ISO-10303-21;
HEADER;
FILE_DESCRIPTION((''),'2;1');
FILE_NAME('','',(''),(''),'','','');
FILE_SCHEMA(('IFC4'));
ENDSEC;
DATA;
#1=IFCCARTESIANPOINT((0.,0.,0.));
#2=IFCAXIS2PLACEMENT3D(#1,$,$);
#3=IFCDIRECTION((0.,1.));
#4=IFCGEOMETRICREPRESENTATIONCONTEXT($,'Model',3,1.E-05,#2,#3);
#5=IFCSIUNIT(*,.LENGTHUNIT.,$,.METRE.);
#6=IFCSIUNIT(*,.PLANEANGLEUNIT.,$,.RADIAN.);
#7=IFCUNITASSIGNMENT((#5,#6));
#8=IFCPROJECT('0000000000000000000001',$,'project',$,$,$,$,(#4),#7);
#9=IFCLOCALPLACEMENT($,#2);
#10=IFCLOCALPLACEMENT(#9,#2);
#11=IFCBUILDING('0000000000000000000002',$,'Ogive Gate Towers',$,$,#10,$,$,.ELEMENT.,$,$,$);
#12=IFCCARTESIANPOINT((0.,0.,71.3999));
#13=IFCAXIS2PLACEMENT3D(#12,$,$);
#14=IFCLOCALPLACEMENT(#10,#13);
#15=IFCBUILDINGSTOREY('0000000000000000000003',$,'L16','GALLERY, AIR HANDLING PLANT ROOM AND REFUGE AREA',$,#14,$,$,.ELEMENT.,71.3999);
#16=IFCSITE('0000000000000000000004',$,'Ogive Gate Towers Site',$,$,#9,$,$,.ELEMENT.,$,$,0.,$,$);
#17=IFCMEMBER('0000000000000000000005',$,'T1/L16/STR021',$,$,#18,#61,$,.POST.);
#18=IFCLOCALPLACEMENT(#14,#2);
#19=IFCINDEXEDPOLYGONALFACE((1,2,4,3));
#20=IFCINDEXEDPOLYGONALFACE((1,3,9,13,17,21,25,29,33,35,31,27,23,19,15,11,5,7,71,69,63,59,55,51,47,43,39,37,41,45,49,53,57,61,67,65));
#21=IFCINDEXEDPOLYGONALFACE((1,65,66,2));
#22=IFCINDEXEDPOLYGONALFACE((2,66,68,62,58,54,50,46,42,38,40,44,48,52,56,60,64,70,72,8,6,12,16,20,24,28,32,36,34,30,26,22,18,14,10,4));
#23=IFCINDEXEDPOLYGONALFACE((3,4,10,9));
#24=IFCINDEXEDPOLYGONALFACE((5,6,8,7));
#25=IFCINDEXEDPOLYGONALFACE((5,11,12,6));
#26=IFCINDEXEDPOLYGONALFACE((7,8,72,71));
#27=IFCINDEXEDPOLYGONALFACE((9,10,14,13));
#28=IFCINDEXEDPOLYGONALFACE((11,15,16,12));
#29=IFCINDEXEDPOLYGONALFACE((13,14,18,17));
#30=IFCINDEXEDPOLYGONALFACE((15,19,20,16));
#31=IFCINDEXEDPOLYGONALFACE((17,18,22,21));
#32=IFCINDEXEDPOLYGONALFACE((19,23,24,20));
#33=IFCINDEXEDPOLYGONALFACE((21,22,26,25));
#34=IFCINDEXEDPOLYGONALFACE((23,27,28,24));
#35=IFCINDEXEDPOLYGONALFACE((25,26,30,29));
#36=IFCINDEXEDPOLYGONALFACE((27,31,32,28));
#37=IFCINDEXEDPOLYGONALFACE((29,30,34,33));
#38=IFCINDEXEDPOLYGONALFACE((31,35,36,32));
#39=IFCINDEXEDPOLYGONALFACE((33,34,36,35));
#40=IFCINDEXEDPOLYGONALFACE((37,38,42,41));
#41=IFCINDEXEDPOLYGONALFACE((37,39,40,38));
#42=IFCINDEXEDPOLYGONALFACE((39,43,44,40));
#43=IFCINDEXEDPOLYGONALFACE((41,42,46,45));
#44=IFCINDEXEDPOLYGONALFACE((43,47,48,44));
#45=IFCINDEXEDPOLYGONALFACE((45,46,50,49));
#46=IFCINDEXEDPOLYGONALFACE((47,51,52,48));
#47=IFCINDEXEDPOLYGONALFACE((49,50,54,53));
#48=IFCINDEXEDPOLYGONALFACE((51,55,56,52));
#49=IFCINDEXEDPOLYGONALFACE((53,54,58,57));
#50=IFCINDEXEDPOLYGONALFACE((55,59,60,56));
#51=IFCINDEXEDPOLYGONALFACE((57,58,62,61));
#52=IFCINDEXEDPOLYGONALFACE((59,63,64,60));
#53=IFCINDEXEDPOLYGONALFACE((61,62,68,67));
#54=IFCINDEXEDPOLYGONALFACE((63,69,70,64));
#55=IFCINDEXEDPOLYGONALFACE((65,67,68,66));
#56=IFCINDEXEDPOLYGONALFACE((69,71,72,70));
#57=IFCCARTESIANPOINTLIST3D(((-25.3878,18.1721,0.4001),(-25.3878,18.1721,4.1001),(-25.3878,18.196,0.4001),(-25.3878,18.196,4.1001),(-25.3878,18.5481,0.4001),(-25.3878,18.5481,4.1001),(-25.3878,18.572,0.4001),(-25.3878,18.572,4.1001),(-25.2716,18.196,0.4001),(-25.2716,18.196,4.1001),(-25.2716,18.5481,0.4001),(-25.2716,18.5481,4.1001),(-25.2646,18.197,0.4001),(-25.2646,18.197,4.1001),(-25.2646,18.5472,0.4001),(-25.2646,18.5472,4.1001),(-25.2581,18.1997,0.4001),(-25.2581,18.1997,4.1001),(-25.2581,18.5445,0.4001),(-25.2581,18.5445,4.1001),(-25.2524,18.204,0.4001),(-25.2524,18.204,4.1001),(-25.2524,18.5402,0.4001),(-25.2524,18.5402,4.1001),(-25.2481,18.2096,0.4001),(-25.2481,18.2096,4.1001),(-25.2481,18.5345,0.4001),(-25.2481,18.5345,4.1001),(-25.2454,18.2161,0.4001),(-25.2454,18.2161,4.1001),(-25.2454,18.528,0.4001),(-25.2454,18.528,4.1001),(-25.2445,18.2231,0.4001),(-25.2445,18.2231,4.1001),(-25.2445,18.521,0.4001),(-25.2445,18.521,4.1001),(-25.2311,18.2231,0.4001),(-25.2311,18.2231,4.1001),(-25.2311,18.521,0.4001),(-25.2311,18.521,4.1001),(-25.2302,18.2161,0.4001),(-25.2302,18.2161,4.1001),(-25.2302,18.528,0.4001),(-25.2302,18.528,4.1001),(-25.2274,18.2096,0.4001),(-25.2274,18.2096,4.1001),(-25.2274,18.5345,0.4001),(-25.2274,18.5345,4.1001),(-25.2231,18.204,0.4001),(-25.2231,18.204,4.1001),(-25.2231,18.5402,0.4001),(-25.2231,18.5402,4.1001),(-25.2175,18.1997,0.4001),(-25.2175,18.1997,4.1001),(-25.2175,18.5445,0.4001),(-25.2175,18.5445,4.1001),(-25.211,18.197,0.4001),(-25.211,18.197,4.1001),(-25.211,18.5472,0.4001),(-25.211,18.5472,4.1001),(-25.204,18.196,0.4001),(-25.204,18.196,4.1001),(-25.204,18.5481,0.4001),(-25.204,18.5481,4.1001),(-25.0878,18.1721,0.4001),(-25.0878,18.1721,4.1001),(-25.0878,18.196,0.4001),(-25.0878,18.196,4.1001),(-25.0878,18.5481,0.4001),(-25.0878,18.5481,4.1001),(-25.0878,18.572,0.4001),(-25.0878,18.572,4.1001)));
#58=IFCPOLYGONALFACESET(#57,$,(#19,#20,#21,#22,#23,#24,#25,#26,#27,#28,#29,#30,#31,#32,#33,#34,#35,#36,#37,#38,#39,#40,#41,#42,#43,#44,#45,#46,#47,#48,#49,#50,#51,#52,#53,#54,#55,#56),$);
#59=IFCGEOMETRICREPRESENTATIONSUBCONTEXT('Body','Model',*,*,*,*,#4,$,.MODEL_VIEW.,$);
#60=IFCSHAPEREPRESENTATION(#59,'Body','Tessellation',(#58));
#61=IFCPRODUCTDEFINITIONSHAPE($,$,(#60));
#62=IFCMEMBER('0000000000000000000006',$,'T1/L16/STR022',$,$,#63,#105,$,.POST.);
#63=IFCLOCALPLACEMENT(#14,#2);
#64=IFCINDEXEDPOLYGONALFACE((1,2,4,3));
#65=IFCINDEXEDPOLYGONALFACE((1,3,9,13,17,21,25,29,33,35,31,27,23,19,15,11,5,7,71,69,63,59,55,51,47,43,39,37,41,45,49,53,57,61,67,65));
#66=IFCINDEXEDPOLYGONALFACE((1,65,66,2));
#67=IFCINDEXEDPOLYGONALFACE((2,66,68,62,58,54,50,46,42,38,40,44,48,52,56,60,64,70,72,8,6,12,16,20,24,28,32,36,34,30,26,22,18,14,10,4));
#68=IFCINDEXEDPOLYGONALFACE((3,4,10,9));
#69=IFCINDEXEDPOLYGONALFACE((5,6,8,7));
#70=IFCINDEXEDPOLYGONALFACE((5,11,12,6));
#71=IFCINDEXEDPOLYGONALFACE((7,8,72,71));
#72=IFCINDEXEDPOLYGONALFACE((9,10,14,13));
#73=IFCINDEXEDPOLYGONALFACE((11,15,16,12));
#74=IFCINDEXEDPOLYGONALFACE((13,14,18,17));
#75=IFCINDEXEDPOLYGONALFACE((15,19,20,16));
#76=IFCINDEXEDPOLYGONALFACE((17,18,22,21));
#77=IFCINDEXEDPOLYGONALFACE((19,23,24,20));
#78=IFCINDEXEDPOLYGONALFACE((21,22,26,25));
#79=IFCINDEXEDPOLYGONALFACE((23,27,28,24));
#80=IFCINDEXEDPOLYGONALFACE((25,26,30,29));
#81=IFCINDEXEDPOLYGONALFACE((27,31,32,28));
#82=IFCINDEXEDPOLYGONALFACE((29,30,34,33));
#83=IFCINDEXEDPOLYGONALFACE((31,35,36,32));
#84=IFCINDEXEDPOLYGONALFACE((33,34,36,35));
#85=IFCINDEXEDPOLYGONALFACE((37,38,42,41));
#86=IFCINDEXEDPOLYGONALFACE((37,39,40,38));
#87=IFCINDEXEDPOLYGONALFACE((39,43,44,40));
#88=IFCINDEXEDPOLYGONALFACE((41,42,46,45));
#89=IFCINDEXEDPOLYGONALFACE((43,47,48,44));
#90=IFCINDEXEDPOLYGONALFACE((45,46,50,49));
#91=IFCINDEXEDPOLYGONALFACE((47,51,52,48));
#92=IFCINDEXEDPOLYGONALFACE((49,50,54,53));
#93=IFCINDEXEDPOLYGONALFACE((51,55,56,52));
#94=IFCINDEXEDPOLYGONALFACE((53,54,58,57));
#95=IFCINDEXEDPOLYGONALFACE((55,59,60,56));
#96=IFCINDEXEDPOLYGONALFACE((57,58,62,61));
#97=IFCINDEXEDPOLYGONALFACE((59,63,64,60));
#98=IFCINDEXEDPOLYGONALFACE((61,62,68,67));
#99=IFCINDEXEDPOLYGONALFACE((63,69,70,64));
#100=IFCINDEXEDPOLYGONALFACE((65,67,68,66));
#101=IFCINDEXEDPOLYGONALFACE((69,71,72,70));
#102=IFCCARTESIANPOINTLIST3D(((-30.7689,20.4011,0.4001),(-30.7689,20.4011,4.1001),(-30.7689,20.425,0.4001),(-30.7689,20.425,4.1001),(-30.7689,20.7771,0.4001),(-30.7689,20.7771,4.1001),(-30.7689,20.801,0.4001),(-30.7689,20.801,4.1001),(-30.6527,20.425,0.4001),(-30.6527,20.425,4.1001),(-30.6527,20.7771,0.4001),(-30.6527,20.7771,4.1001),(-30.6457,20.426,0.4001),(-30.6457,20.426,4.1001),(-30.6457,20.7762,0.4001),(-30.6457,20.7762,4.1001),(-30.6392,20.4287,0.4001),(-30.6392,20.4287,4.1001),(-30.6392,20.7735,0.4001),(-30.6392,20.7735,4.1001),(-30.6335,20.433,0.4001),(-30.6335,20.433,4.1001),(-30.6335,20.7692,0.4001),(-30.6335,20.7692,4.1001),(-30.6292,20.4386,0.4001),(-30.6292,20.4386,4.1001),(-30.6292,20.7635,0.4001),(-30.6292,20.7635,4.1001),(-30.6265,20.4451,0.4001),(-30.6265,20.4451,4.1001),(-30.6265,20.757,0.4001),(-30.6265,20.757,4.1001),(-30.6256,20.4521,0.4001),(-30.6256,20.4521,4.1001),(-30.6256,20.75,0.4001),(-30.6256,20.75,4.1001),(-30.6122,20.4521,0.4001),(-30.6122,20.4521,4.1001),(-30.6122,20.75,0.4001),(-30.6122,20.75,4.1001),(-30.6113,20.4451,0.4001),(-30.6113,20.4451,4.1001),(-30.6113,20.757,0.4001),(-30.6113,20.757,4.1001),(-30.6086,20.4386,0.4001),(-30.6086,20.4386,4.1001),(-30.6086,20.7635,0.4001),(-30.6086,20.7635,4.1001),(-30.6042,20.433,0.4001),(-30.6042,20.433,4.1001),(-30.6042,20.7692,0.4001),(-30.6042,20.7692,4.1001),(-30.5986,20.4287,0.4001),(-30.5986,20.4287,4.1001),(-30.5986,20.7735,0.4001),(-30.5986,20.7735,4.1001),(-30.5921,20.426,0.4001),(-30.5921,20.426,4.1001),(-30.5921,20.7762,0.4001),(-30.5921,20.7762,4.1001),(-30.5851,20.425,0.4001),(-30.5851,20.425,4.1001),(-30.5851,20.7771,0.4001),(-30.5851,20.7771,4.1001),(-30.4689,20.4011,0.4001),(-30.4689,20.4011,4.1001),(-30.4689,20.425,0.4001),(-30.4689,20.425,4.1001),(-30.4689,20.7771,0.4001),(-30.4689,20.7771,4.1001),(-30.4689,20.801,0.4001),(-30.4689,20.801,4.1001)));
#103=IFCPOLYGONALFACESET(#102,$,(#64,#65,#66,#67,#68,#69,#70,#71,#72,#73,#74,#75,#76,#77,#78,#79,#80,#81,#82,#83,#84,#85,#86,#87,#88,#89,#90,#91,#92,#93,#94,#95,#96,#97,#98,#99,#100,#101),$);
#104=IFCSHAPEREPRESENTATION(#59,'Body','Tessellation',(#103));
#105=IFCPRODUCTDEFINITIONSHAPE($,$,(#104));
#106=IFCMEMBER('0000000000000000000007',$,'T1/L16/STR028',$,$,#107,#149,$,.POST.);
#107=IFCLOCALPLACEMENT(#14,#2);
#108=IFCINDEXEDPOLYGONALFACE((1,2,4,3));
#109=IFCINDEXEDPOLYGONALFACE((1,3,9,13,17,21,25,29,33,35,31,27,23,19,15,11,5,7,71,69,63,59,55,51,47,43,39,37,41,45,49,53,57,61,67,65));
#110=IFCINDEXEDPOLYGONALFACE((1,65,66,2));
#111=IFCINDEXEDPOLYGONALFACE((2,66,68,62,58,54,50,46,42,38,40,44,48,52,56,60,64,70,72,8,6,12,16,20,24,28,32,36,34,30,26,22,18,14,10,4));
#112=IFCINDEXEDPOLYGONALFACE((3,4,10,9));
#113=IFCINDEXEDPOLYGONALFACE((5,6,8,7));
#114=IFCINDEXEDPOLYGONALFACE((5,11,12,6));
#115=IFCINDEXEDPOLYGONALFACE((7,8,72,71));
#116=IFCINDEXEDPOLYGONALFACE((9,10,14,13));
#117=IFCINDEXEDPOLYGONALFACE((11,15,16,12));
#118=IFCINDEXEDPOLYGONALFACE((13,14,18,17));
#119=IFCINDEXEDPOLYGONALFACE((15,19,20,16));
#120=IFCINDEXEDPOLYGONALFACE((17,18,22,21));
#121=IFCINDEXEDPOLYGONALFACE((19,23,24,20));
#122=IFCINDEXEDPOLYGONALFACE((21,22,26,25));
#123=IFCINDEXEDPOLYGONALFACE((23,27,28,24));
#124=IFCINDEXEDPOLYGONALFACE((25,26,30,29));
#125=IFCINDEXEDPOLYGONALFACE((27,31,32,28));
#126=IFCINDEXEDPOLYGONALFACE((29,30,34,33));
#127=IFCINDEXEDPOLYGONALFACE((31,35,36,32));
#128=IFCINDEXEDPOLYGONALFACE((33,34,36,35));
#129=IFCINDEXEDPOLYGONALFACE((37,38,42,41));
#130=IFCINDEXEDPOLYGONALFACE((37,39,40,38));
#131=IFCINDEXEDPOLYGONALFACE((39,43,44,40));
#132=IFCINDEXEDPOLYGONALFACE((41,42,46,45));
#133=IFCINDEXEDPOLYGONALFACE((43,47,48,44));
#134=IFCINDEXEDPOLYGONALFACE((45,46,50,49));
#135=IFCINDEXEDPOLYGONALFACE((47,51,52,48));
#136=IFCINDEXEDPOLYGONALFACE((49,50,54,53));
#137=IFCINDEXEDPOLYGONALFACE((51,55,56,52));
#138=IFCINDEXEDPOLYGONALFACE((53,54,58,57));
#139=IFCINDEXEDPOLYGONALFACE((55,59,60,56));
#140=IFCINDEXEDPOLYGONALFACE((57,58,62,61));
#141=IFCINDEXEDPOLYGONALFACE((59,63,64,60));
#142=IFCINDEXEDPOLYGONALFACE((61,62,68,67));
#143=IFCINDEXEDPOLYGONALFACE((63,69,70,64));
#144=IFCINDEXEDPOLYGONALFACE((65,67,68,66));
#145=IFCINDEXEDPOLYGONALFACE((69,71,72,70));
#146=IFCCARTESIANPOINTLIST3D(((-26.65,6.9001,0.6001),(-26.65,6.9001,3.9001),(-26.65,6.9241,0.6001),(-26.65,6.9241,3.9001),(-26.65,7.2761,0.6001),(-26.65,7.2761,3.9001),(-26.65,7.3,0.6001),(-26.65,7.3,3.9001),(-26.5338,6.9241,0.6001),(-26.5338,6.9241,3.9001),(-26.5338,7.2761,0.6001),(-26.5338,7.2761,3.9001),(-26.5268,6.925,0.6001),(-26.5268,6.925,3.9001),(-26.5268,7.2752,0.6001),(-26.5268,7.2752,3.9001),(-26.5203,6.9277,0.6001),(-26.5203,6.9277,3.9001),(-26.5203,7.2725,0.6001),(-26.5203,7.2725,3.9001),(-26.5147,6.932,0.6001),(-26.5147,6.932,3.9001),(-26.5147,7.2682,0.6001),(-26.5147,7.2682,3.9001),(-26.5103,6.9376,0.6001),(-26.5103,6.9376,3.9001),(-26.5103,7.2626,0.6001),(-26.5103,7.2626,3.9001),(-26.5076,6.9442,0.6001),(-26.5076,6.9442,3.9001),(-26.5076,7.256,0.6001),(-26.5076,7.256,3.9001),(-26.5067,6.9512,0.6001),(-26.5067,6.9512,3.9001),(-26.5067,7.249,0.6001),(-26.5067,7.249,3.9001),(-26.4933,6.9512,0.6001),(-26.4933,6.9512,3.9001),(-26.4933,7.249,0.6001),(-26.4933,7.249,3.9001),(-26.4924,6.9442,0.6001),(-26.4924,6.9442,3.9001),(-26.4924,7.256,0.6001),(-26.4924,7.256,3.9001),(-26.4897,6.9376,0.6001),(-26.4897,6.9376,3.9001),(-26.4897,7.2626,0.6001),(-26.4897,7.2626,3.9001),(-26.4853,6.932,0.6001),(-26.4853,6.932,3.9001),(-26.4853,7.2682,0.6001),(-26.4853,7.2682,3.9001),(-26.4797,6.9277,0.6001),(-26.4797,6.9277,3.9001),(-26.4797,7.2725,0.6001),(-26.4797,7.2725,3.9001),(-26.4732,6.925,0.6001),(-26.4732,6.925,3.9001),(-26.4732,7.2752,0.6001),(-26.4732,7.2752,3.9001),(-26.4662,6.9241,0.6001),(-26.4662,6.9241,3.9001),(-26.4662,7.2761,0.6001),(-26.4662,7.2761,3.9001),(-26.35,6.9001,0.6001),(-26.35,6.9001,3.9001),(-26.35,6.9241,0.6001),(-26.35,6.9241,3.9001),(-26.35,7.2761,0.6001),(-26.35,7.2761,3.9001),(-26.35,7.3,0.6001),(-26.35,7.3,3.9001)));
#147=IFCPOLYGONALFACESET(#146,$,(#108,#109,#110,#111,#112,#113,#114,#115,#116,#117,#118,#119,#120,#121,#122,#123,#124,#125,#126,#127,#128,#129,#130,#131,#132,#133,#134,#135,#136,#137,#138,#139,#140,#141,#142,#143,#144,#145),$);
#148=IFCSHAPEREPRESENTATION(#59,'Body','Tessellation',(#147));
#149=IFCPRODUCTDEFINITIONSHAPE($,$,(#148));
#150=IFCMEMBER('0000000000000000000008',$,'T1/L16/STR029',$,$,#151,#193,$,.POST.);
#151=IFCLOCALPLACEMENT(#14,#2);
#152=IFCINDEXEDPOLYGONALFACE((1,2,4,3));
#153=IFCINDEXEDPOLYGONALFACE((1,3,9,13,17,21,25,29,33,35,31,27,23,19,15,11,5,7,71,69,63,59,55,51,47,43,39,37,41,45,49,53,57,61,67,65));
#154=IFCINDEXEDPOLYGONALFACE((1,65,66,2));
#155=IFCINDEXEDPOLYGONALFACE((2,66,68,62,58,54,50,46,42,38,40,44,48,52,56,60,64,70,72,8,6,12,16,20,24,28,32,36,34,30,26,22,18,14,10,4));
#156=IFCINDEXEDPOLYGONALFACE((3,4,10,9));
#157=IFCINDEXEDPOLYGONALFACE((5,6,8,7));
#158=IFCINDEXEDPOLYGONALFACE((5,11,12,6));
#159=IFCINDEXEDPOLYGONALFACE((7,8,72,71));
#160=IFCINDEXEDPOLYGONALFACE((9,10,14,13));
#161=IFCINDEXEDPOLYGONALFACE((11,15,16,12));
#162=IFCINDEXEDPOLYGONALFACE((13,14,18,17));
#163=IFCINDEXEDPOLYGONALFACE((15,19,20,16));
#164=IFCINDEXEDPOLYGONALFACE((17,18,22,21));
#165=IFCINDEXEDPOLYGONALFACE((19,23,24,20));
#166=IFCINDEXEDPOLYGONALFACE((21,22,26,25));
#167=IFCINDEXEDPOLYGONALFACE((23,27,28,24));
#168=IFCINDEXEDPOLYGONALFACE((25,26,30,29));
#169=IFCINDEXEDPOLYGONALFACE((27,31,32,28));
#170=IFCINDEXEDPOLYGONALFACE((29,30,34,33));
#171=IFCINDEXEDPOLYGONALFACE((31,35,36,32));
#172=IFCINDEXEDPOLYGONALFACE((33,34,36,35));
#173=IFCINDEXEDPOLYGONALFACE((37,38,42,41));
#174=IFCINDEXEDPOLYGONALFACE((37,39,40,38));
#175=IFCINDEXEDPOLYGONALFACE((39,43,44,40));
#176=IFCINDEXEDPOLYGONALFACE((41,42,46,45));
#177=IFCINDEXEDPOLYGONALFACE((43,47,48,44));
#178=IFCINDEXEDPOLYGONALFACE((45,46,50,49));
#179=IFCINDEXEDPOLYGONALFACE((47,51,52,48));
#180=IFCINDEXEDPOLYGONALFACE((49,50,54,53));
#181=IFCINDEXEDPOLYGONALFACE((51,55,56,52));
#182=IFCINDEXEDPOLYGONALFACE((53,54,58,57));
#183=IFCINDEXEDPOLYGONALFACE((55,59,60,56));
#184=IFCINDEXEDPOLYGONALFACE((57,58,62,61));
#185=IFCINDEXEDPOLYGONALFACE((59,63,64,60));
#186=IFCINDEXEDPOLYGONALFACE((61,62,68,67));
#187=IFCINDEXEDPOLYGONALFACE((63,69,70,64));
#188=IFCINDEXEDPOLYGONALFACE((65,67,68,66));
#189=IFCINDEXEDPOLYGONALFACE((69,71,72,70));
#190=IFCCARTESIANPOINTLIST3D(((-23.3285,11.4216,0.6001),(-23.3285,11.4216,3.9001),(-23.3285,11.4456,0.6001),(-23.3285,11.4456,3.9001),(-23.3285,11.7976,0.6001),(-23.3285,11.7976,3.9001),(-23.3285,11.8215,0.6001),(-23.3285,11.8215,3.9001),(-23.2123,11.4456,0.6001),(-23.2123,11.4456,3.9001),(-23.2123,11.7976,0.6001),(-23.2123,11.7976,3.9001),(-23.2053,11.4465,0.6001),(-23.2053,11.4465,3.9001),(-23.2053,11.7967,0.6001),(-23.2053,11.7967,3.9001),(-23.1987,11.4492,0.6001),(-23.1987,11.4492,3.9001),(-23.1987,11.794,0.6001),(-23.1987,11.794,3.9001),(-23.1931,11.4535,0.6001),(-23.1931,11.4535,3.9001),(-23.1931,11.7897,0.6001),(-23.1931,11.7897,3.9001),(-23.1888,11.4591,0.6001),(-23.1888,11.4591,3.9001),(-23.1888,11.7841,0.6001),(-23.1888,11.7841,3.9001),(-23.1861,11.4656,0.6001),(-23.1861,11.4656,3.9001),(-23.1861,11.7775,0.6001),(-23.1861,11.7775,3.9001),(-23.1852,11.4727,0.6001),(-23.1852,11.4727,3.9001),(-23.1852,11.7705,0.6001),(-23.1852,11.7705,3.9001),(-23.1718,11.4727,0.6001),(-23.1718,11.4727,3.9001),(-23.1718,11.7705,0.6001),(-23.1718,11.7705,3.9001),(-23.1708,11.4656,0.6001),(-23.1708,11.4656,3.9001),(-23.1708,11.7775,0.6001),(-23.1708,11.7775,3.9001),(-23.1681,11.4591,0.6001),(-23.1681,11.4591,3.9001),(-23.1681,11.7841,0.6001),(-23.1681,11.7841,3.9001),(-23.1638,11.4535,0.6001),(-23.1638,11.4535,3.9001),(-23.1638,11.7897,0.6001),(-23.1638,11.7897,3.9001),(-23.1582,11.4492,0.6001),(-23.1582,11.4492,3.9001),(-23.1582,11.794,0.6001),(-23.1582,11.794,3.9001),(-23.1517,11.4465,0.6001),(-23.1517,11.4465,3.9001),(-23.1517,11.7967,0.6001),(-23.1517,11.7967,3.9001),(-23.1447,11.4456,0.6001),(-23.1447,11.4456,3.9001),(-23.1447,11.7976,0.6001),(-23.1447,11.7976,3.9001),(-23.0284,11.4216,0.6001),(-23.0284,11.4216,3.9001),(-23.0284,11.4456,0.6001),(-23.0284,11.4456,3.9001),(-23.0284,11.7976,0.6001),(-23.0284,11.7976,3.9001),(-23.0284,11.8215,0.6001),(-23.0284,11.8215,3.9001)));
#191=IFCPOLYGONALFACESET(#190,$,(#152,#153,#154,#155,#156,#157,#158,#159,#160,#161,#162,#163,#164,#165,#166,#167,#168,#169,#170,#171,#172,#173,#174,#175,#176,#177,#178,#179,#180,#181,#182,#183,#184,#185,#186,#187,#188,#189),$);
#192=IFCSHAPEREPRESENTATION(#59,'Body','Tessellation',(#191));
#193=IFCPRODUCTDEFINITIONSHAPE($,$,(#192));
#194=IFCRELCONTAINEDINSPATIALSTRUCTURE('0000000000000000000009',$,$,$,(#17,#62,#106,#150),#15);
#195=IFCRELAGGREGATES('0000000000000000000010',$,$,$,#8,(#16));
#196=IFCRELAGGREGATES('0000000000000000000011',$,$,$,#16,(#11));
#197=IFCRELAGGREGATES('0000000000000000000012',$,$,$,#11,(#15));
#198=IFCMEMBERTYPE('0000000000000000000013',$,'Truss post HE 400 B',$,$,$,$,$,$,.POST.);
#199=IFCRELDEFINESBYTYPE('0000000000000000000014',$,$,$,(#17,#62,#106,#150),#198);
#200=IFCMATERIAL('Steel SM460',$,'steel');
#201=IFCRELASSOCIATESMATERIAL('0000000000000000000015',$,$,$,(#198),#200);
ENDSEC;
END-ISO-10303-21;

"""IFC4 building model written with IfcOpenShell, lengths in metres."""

from ifc_helpers import new_model, si_unit, direction, frame, origin, origin_2d, place, context, subcontext, project, spatial, i_section, extrude, material, material_profile, profile_set, type_object, element, save


model = new_model("IFC4")

# Units and contexts
model_context = context("Model", 3, precision=1e-05, world=origin(), true_north=direction((0.0, 1.0)))
body_context = subcontext(model_context, "Body", "Model", "MODEL_VIEW")
ifc_project = project(units=[si_unit("LENGTHUNIT", "METRE"), si_unit("PLANEANGLEUNIT", "RADIAN")], contexts=[model_context])

# Site, building, storey
site_placement = place(None, origin())
site = spatial("IfcSite", under=ifc_project, at=site_placement, Name="Ogive Gate Towers Site", CompositionType="ELEMENT", RefElevation=0.0)
building_placement = place(site_placement, origin())
building = spatial("IfcBuilding", under=site, at=building_placement, Name="Ogive Gate Towers", CompositionType="ELEMENT")
storey_placement = place(building_placement, frame((0.0, 0.0, 71.3999)))
storey = spatial("IfcBuildingStorey", under=building, at=storey_placement, Name="L16", Description="GALLERY, AIR HANDLING PLANT ROOM AND REFUGE AREA", CompositionType="ELEMENT", Elevation=71.3999)

# Shared definitions
ifc_material_1 = material(Name="Steel SM460", Category="steel")

# Members
ifc_material_profile_1 = material_profile(ifc_material_1, i_section(OverallWidth=0.3, OverallDepth=0.3999, WebThickness=0.0134, FlangeThickness=0.0239, FilletRadius=0.0271, at=origin_2d()), Name="HE 400 B")
ifc_profile_set_1 = profile_set([ifc_material_profile_1], Name="Steel SM460")
member_type_1 = type_object("IfcMemberType", Name="Truss post HE 400 B", PredefinedType="POST", material=ifc_profile_set_1)
for number, where, z_axis, x_axis, name in (
    (1, (-25.2378, 18.3721, 0.4001), (0.0, 0.0, 1.0), (1.0, 0.0, 0.0), "T1/L16/STR021"),
    (2, (-30.6189, 20.6011, 0.4001), (0.0, 0.0, 1.0), (1.0, 0.0, 0.0), "T1/L16/STR022"),
):
    element("IfcMember", number, at=place(storey_placement, frame(where, z_axis=z_axis, x_axis=x_axis)), inside=storey, type_object=member_type_1, Name=name, PredefinedType="POST", context=body_context, shape_type="SweptSolid", body=[
        extrude(i_section(OverallWidth=0.3, OverallDepth=0.3999, WebThickness=0.0134, FlangeThickness=0.0239, FilletRadius=0.0271, at=origin_2d()), origin(), (0.0, 0.0, 1.0), 3.7),
    ])
for number, where, z_axis, x_axis, name in (
    (3, (-26.5, 7.1001, 0.6001), (0.0, 0.0, 1.0), (1.0, 0.0, 0.0), "T1/L16/STR028"),
    (4, (-23.1785, 11.6216, 0.6001), (0.0, 0.0, 1.0), (1.0, 0.0, 0.0), "T1/L16/STR029"),
):
    element("IfcMember", number, at=place(storey_placement, frame(where, z_axis=z_axis, x_axis=x_axis)), inside=storey, type_object=member_type_1, Name=name, PredefinedType="POST", context=body_context, shape_type="SweptSolid", body=[
        extrude(i_section(OverallWidth=0.3, OverallDepth=0.3999, WebThickness=0.0134, FlangeThickness=0.0239, FilletRadius=0.0271, at=origin_2d()), origin(), (0.0, 0.0, 1.0), 3.3),
    ])

save(model, "model.ifc")
